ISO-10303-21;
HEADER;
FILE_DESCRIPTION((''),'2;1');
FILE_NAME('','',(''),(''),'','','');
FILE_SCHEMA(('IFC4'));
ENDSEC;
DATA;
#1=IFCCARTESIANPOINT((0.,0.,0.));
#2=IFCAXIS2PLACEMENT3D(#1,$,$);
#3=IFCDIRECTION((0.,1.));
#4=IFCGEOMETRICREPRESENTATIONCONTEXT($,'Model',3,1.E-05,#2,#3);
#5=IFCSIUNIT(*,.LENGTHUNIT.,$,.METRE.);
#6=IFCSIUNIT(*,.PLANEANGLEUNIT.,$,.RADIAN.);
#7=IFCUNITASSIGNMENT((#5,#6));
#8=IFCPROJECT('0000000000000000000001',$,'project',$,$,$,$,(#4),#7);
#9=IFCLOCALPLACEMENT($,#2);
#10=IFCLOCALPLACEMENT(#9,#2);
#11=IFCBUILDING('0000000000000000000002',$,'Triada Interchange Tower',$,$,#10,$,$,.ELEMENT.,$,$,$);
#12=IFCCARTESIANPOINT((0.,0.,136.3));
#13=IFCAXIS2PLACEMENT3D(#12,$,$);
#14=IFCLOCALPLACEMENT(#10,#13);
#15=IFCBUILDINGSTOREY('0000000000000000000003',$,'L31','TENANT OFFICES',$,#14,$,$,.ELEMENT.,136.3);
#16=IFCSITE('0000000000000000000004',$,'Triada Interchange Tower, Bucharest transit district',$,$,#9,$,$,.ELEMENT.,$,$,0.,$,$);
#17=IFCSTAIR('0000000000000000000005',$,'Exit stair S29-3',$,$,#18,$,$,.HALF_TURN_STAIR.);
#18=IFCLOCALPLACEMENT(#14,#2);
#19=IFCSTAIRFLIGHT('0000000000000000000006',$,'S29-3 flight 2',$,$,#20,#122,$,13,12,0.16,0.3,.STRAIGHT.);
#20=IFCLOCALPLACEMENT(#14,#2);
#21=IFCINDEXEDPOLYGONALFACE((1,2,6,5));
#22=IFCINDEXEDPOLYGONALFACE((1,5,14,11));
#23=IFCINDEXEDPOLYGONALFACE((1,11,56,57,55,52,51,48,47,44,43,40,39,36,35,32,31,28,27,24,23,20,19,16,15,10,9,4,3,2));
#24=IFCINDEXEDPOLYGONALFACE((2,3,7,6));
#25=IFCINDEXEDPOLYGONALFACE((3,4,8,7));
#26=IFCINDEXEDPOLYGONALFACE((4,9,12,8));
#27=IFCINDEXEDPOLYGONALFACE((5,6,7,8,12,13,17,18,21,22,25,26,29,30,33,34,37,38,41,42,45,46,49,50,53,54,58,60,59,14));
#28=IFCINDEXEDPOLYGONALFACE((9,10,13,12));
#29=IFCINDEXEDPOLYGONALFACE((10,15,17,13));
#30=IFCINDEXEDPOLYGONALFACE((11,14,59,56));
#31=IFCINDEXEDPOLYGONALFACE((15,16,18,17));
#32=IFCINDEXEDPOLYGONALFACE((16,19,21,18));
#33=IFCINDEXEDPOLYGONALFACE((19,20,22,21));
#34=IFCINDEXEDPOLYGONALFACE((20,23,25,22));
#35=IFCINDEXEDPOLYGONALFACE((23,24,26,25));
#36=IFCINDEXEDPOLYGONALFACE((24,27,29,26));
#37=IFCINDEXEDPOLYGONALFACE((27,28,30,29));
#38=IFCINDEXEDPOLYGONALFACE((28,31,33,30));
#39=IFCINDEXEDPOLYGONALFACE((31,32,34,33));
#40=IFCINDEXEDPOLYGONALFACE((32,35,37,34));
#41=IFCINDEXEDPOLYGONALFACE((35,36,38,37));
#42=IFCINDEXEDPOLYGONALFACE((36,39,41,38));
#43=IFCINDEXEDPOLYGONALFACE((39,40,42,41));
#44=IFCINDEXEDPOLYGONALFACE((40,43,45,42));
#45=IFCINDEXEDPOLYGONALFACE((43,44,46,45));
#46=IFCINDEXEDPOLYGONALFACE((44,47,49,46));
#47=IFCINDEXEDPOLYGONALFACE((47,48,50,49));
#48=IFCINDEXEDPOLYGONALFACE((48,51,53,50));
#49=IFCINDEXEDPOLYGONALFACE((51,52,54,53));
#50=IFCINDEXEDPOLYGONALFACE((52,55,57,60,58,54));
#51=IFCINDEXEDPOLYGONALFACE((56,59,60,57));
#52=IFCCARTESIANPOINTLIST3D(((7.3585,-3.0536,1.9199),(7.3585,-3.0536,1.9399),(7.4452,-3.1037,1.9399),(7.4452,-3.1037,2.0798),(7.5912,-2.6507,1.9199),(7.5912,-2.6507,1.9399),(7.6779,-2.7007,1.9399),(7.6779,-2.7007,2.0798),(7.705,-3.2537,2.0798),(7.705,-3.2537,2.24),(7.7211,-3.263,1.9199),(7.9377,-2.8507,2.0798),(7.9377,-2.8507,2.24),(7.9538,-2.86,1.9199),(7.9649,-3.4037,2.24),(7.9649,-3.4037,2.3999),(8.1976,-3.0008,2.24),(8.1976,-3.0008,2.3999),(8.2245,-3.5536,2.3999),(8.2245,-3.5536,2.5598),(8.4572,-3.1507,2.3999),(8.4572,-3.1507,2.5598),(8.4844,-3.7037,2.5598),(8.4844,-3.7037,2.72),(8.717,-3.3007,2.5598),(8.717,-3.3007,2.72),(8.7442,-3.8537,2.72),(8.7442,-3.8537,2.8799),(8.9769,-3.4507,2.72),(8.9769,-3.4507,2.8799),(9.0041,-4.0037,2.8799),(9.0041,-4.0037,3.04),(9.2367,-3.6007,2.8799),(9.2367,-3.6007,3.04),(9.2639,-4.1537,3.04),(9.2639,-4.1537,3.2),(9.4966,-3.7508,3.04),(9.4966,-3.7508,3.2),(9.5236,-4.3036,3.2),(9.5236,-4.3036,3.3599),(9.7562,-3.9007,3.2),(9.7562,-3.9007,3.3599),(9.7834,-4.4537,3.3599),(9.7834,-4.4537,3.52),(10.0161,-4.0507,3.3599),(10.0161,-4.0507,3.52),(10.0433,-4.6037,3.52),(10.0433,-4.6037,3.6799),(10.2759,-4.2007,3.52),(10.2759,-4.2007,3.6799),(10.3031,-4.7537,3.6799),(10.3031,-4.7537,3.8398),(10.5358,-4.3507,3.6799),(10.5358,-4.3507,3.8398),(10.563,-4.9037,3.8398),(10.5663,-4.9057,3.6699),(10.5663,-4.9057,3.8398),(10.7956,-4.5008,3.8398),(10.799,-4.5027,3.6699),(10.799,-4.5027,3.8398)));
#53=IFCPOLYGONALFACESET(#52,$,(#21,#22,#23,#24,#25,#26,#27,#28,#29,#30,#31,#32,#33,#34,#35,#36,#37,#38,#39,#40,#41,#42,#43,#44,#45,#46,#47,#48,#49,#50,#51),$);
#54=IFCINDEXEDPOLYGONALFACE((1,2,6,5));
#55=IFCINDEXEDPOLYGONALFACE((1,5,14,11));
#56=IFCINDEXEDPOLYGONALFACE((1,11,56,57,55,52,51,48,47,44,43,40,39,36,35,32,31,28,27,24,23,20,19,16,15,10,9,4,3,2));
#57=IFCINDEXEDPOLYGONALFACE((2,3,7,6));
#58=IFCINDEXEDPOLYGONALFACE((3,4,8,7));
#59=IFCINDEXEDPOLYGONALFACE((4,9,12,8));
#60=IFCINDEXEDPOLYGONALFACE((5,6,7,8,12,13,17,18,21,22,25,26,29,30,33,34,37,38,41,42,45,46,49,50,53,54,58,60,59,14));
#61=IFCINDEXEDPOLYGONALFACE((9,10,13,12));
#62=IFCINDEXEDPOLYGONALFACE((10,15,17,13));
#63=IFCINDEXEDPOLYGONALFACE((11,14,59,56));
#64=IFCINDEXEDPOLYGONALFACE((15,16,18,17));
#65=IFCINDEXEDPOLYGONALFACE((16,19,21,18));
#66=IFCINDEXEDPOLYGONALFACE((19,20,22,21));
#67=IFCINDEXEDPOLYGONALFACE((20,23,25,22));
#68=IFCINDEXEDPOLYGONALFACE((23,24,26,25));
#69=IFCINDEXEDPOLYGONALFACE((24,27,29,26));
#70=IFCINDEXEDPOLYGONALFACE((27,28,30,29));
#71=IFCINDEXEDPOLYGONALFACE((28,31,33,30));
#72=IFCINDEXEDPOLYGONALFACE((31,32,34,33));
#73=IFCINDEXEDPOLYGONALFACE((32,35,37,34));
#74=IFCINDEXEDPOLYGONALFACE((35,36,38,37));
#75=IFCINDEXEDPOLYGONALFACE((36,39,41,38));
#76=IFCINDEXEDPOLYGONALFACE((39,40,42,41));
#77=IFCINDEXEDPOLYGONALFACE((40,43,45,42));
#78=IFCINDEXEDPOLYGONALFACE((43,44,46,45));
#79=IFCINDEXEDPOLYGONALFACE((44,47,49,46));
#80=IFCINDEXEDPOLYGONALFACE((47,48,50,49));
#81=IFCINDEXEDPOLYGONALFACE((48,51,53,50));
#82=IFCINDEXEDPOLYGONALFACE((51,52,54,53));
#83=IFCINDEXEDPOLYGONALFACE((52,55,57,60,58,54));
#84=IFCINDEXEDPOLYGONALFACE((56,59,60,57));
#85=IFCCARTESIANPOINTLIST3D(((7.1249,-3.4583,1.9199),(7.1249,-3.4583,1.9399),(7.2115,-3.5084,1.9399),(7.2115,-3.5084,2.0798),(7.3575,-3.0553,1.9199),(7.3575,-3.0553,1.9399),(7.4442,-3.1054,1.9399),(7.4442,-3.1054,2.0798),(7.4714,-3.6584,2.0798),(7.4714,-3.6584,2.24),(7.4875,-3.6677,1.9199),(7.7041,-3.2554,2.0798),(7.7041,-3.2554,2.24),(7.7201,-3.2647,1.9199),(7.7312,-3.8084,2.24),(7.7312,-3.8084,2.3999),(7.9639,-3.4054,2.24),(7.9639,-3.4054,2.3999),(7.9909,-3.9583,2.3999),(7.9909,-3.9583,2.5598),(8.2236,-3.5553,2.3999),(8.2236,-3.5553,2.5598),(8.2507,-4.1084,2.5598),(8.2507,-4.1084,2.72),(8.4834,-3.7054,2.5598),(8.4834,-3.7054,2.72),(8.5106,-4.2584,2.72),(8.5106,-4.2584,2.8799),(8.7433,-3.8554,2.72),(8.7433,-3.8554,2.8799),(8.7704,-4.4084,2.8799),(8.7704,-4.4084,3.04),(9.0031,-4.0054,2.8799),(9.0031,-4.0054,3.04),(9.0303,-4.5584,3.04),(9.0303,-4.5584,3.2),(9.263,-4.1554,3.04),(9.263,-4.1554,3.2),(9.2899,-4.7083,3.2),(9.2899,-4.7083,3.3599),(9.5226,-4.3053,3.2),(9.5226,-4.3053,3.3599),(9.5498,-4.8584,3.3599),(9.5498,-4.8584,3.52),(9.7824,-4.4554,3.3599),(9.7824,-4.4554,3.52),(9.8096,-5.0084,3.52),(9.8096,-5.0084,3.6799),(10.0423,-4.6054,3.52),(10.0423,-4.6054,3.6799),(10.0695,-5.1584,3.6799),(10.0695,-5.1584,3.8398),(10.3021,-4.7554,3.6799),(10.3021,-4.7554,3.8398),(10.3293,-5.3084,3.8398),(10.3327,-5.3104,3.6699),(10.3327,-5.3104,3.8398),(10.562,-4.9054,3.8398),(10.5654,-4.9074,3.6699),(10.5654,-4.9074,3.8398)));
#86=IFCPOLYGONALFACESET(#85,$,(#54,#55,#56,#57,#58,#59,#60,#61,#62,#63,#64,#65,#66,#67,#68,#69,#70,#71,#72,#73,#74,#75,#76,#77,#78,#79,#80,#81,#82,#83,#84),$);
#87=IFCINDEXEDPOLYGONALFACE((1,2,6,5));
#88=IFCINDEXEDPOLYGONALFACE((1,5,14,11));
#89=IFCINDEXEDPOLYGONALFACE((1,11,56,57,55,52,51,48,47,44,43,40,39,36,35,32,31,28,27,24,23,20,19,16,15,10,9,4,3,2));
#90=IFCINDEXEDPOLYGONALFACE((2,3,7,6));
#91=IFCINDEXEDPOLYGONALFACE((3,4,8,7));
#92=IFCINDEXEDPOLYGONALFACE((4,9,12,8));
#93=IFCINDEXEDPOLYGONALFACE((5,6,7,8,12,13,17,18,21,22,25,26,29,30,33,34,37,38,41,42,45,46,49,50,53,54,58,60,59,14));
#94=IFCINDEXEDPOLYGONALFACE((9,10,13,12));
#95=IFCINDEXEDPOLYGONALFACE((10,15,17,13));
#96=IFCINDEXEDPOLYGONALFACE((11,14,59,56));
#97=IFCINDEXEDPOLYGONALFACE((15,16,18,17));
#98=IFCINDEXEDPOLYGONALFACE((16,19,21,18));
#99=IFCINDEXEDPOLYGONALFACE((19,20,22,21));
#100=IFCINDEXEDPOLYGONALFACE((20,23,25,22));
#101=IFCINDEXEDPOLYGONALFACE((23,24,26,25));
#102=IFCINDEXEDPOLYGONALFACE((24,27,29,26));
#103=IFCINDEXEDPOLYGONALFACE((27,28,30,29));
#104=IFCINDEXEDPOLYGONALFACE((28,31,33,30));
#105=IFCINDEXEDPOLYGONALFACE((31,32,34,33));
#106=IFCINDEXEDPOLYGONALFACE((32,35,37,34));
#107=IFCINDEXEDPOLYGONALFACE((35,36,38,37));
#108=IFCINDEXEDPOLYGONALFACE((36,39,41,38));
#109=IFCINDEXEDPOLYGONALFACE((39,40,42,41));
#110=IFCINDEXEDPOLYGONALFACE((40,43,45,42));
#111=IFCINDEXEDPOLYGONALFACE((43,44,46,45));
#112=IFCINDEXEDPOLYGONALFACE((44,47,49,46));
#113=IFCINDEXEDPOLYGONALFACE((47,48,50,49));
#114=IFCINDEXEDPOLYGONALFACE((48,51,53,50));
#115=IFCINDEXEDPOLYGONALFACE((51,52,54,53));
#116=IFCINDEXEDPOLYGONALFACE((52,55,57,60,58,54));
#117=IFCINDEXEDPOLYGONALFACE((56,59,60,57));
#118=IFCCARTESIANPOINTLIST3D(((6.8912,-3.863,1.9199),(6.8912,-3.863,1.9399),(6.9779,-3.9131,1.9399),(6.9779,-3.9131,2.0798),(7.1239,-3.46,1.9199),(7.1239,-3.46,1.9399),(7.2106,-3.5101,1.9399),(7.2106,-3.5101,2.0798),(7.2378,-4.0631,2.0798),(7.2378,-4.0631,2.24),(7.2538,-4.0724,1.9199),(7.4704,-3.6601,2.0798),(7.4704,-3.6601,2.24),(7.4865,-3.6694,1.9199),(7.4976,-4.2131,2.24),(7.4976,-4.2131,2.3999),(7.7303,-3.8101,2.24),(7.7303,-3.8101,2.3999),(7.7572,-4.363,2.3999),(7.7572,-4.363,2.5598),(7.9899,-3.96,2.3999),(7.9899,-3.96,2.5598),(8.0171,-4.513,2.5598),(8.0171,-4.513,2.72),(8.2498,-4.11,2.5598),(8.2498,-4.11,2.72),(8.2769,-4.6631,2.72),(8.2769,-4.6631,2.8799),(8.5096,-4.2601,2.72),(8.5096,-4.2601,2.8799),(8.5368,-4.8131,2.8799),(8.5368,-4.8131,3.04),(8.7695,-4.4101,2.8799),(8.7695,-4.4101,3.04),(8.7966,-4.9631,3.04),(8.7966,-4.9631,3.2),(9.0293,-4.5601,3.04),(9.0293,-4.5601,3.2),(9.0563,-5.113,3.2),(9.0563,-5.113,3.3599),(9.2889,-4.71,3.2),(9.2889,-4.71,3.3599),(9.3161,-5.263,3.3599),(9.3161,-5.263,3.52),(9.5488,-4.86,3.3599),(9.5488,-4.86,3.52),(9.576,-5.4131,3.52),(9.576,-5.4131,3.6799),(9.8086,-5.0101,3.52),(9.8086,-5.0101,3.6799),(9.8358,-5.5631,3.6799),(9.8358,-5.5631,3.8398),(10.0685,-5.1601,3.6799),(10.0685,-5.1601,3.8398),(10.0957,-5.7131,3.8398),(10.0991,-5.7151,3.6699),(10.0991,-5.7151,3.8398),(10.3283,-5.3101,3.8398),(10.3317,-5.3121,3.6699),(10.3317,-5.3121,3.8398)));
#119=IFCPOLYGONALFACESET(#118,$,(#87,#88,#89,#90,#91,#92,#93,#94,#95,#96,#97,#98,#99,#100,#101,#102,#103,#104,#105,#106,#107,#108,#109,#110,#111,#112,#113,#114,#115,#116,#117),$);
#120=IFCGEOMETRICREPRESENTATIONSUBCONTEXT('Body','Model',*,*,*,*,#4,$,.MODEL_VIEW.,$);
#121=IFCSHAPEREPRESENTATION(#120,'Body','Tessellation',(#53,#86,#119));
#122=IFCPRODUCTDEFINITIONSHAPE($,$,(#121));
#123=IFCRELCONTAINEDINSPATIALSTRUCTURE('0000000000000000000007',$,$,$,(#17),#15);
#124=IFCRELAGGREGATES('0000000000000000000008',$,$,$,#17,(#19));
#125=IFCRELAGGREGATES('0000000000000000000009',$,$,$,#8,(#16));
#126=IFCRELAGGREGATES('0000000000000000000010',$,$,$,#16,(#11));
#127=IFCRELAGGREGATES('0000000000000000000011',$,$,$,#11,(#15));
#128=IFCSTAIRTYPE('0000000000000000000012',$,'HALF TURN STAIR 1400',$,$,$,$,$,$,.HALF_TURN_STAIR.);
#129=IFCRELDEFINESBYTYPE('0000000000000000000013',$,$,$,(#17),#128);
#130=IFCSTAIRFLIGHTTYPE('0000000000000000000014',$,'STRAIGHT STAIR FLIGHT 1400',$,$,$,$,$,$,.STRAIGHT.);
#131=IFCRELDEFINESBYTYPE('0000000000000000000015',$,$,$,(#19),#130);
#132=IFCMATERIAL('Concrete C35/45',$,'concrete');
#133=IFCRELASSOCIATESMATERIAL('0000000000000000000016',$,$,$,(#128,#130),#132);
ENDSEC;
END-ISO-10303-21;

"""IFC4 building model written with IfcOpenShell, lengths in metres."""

from ifc_helpers import new_model, si_unit, direction, frame, origin, place, context, subcontext, project, spatial, polyline, outline, extrude, material, type_object, element, aggregate, save


model = new_model("IFC4")

# Units and contexts
model_context = context("Model", 3, precision=1e-05, world=origin(), true_north=direction((0.0, 1.0)))
body_context = subcontext(model_context, "Body", "Model", "MODEL_VIEW")
ifc_project = project(units=[si_unit("LENGTHUNIT", "METRE"), si_unit("PLANEANGLEUNIT", "RADIAN")], contexts=[model_context])

# Site, building, storey
site_placement = place(None, origin())
site = spatial("IfcSite", under=ifc_project, at=site_placement, Name="Triada Interchange Tower, Bucharest transit district", CompositionType="ELEMENT", RefElevation=0.0)
building_placement = place(site_placement, origin())
building = spatial("IfcBuilding", under=site, at=building_placement, Name="Triada Interchange Tower", CompositionType="ELEMENT")
storey_placement = place(building_placement, frame((0.0, 0.0, 136.3)))
storey = spatial("IfcBuildingStorey", under=building, at=storey_placement, Name="L31", Description="TENANT OFFICES", CompositionType="ELEMENT", Elevation=136.3)

# Stair, stair flight
ifc_material_1 = material(Name="Concrete C35/45", Category="concrete")
stair_type = type_object("IfcStairType", Name="HALF TURN STAIR 1400", PredefinedType="HALF_TURN_STAIR", material=ifc_material_1)
stair_placement = place(storey_placement, origin())
stair = element("IfcStair", 1, at=stair_placement, inside=storey, type_object=stair_type, Name="Exit stair S29-3", PredefinedType="HALF_TURN_STAIR")
stair_flight_type = type_object("IfcStairFlightType", Name="STRAIGHT STAIR FLIGHT 1400", PredefinedType="STRAIGHT", material=ifc_material_1)
stair_flight_1_placement = place(storey_placement, frame((7.3279, -3.3069, 1.9199), z_axis=(0.0, 0.0, 1.0), x_axis=(0.866025, -0.5, 0.0)))
stair_flight_1 = element("IfcStairFlight", 2, at=stair_flight_1_placement, type_object=stair_flight_type, Name="S29-3 flight 2", NumberOfRisers=13, NumberOfTreads=12, PredefinedType="STRAIGHT", RiserHeight=0.16, TreadLength=0.3, context=body_context, shape_type="SweptSolid", body=[
    extrude(outline(polyline([(-0.1001, 0.0), (-0.1001, 0.02), (0.0, 0.02), (0.0, 0.1599), (0.3, 0.1599), (0.3, 0.3201), (0.6001, 0.3201), (0.6001, 0.48), (0.8999, 0.48), (0.8999, 0.6399), (1.2, 0.6399), (1.2, 0.8), (1.5, 0.8), (1.5, 0.96), (1.8, 0.96), (1.8, 1.1201), (2.1001, 1.1201), (2.1001, 1.28), (2.3999, 1.28), (2.3999, 1.4399), (2.7, 1.4399), (2.7, 1.6001), (3.0, 1.6001), (3.0, 1.76), (3.3, 1.76), (3.3, 1.9199), (3.6001, 1.9199), (3.604, 1.9199), (3.604, 2.0801), (3.604, 1.75), (0.3186, 0.0), (-0.1001, 0.0)])), frame((0.0, 0.7, 0.0), z_axis=(0.0, -1.0, 0.0), x_axis=(1.0, 0.0, 0.0)), (0.0, 0.0, 1.0), 0.4653),
    extrude(outline(polyline([(-0.1001, 0.0), (-0.1001, 0.02), (0.0, 0.02), (0.0, 0.1599), (0.3, 0.1599), (0.3, 0.3201), (0.6001, 0.3201), (0.6001, 0.48), (0.8999, 0.48), (0.8999, 0.6399), (1.2, 0.6399), (1.2, 0.8), (1.5, 0.8), (1.5, 0.96), (1.8, 0.96), (1.8, 1.1201), (2.1001, 1.1201), (2.1001, 1.28), (2.3999, 1.28), (2.3999, 1.4399), (2.7, 1.4399), (2.7, 1.6001), (3.0, 1.6001), (3.0, 1.76), (3.3, 1.76), (3.3, 1.9199), (3.6001, 1.9199), (3.604, 1.9199), (3.604, 2.0801), (3.604, 1.75), (0.3186, 0.0), (-0.1001, 0.0)])), frame((0.0, 0.2327, 0.0), z_axis=(0.0, -1.0, 0.0), x_axis=(1.0, 0.0, 0.0)), (0.0, 0.0, 1.0), 0.4653),
    extrude(outline(polyline([(-0.1001, 0.0), (-0.1001, 0.02), (0.0, 0.02), (0.0, 0.1599), (0.3, 0.1599), (0.3, 0.3201), (0.6001, 0.3201), (0.6001, 0.48), (0.8999, 0.48), (0.8999, 0.6399), (1.2, 0.6399), (1.2, 0.8), (1.5, 0.8), (1.5, 0.96), (1.8, 0.96), (1.8, 1.1201), (2.1001, 1.1201), (2.1001, 1.28), (2.3999, 1.28), (2.3999, 1.4399), (2.7, 1.4399), (2.7, 1.6001), (3.0, 1.6001), (3.0, 1.76), (3.3, 1.76), (3.3, 1.9199), (3.6001, 1.9199), (3.604, 1.9199), (3.604, 2.0801), (3.604, 1.75), (0.3186, 0.0), (-0.1001, 0.0)])), frame((0.0, -0.2346, 0.0), z_axis=(0.0, -1.0, 0.0), x_axis=(1.0, 0.0, 0.0)), (0.0, 0.0, 1.0), 0.4653),
])
aggregate(stair, [stair_flight_1])

save(model, "model.ifc")
